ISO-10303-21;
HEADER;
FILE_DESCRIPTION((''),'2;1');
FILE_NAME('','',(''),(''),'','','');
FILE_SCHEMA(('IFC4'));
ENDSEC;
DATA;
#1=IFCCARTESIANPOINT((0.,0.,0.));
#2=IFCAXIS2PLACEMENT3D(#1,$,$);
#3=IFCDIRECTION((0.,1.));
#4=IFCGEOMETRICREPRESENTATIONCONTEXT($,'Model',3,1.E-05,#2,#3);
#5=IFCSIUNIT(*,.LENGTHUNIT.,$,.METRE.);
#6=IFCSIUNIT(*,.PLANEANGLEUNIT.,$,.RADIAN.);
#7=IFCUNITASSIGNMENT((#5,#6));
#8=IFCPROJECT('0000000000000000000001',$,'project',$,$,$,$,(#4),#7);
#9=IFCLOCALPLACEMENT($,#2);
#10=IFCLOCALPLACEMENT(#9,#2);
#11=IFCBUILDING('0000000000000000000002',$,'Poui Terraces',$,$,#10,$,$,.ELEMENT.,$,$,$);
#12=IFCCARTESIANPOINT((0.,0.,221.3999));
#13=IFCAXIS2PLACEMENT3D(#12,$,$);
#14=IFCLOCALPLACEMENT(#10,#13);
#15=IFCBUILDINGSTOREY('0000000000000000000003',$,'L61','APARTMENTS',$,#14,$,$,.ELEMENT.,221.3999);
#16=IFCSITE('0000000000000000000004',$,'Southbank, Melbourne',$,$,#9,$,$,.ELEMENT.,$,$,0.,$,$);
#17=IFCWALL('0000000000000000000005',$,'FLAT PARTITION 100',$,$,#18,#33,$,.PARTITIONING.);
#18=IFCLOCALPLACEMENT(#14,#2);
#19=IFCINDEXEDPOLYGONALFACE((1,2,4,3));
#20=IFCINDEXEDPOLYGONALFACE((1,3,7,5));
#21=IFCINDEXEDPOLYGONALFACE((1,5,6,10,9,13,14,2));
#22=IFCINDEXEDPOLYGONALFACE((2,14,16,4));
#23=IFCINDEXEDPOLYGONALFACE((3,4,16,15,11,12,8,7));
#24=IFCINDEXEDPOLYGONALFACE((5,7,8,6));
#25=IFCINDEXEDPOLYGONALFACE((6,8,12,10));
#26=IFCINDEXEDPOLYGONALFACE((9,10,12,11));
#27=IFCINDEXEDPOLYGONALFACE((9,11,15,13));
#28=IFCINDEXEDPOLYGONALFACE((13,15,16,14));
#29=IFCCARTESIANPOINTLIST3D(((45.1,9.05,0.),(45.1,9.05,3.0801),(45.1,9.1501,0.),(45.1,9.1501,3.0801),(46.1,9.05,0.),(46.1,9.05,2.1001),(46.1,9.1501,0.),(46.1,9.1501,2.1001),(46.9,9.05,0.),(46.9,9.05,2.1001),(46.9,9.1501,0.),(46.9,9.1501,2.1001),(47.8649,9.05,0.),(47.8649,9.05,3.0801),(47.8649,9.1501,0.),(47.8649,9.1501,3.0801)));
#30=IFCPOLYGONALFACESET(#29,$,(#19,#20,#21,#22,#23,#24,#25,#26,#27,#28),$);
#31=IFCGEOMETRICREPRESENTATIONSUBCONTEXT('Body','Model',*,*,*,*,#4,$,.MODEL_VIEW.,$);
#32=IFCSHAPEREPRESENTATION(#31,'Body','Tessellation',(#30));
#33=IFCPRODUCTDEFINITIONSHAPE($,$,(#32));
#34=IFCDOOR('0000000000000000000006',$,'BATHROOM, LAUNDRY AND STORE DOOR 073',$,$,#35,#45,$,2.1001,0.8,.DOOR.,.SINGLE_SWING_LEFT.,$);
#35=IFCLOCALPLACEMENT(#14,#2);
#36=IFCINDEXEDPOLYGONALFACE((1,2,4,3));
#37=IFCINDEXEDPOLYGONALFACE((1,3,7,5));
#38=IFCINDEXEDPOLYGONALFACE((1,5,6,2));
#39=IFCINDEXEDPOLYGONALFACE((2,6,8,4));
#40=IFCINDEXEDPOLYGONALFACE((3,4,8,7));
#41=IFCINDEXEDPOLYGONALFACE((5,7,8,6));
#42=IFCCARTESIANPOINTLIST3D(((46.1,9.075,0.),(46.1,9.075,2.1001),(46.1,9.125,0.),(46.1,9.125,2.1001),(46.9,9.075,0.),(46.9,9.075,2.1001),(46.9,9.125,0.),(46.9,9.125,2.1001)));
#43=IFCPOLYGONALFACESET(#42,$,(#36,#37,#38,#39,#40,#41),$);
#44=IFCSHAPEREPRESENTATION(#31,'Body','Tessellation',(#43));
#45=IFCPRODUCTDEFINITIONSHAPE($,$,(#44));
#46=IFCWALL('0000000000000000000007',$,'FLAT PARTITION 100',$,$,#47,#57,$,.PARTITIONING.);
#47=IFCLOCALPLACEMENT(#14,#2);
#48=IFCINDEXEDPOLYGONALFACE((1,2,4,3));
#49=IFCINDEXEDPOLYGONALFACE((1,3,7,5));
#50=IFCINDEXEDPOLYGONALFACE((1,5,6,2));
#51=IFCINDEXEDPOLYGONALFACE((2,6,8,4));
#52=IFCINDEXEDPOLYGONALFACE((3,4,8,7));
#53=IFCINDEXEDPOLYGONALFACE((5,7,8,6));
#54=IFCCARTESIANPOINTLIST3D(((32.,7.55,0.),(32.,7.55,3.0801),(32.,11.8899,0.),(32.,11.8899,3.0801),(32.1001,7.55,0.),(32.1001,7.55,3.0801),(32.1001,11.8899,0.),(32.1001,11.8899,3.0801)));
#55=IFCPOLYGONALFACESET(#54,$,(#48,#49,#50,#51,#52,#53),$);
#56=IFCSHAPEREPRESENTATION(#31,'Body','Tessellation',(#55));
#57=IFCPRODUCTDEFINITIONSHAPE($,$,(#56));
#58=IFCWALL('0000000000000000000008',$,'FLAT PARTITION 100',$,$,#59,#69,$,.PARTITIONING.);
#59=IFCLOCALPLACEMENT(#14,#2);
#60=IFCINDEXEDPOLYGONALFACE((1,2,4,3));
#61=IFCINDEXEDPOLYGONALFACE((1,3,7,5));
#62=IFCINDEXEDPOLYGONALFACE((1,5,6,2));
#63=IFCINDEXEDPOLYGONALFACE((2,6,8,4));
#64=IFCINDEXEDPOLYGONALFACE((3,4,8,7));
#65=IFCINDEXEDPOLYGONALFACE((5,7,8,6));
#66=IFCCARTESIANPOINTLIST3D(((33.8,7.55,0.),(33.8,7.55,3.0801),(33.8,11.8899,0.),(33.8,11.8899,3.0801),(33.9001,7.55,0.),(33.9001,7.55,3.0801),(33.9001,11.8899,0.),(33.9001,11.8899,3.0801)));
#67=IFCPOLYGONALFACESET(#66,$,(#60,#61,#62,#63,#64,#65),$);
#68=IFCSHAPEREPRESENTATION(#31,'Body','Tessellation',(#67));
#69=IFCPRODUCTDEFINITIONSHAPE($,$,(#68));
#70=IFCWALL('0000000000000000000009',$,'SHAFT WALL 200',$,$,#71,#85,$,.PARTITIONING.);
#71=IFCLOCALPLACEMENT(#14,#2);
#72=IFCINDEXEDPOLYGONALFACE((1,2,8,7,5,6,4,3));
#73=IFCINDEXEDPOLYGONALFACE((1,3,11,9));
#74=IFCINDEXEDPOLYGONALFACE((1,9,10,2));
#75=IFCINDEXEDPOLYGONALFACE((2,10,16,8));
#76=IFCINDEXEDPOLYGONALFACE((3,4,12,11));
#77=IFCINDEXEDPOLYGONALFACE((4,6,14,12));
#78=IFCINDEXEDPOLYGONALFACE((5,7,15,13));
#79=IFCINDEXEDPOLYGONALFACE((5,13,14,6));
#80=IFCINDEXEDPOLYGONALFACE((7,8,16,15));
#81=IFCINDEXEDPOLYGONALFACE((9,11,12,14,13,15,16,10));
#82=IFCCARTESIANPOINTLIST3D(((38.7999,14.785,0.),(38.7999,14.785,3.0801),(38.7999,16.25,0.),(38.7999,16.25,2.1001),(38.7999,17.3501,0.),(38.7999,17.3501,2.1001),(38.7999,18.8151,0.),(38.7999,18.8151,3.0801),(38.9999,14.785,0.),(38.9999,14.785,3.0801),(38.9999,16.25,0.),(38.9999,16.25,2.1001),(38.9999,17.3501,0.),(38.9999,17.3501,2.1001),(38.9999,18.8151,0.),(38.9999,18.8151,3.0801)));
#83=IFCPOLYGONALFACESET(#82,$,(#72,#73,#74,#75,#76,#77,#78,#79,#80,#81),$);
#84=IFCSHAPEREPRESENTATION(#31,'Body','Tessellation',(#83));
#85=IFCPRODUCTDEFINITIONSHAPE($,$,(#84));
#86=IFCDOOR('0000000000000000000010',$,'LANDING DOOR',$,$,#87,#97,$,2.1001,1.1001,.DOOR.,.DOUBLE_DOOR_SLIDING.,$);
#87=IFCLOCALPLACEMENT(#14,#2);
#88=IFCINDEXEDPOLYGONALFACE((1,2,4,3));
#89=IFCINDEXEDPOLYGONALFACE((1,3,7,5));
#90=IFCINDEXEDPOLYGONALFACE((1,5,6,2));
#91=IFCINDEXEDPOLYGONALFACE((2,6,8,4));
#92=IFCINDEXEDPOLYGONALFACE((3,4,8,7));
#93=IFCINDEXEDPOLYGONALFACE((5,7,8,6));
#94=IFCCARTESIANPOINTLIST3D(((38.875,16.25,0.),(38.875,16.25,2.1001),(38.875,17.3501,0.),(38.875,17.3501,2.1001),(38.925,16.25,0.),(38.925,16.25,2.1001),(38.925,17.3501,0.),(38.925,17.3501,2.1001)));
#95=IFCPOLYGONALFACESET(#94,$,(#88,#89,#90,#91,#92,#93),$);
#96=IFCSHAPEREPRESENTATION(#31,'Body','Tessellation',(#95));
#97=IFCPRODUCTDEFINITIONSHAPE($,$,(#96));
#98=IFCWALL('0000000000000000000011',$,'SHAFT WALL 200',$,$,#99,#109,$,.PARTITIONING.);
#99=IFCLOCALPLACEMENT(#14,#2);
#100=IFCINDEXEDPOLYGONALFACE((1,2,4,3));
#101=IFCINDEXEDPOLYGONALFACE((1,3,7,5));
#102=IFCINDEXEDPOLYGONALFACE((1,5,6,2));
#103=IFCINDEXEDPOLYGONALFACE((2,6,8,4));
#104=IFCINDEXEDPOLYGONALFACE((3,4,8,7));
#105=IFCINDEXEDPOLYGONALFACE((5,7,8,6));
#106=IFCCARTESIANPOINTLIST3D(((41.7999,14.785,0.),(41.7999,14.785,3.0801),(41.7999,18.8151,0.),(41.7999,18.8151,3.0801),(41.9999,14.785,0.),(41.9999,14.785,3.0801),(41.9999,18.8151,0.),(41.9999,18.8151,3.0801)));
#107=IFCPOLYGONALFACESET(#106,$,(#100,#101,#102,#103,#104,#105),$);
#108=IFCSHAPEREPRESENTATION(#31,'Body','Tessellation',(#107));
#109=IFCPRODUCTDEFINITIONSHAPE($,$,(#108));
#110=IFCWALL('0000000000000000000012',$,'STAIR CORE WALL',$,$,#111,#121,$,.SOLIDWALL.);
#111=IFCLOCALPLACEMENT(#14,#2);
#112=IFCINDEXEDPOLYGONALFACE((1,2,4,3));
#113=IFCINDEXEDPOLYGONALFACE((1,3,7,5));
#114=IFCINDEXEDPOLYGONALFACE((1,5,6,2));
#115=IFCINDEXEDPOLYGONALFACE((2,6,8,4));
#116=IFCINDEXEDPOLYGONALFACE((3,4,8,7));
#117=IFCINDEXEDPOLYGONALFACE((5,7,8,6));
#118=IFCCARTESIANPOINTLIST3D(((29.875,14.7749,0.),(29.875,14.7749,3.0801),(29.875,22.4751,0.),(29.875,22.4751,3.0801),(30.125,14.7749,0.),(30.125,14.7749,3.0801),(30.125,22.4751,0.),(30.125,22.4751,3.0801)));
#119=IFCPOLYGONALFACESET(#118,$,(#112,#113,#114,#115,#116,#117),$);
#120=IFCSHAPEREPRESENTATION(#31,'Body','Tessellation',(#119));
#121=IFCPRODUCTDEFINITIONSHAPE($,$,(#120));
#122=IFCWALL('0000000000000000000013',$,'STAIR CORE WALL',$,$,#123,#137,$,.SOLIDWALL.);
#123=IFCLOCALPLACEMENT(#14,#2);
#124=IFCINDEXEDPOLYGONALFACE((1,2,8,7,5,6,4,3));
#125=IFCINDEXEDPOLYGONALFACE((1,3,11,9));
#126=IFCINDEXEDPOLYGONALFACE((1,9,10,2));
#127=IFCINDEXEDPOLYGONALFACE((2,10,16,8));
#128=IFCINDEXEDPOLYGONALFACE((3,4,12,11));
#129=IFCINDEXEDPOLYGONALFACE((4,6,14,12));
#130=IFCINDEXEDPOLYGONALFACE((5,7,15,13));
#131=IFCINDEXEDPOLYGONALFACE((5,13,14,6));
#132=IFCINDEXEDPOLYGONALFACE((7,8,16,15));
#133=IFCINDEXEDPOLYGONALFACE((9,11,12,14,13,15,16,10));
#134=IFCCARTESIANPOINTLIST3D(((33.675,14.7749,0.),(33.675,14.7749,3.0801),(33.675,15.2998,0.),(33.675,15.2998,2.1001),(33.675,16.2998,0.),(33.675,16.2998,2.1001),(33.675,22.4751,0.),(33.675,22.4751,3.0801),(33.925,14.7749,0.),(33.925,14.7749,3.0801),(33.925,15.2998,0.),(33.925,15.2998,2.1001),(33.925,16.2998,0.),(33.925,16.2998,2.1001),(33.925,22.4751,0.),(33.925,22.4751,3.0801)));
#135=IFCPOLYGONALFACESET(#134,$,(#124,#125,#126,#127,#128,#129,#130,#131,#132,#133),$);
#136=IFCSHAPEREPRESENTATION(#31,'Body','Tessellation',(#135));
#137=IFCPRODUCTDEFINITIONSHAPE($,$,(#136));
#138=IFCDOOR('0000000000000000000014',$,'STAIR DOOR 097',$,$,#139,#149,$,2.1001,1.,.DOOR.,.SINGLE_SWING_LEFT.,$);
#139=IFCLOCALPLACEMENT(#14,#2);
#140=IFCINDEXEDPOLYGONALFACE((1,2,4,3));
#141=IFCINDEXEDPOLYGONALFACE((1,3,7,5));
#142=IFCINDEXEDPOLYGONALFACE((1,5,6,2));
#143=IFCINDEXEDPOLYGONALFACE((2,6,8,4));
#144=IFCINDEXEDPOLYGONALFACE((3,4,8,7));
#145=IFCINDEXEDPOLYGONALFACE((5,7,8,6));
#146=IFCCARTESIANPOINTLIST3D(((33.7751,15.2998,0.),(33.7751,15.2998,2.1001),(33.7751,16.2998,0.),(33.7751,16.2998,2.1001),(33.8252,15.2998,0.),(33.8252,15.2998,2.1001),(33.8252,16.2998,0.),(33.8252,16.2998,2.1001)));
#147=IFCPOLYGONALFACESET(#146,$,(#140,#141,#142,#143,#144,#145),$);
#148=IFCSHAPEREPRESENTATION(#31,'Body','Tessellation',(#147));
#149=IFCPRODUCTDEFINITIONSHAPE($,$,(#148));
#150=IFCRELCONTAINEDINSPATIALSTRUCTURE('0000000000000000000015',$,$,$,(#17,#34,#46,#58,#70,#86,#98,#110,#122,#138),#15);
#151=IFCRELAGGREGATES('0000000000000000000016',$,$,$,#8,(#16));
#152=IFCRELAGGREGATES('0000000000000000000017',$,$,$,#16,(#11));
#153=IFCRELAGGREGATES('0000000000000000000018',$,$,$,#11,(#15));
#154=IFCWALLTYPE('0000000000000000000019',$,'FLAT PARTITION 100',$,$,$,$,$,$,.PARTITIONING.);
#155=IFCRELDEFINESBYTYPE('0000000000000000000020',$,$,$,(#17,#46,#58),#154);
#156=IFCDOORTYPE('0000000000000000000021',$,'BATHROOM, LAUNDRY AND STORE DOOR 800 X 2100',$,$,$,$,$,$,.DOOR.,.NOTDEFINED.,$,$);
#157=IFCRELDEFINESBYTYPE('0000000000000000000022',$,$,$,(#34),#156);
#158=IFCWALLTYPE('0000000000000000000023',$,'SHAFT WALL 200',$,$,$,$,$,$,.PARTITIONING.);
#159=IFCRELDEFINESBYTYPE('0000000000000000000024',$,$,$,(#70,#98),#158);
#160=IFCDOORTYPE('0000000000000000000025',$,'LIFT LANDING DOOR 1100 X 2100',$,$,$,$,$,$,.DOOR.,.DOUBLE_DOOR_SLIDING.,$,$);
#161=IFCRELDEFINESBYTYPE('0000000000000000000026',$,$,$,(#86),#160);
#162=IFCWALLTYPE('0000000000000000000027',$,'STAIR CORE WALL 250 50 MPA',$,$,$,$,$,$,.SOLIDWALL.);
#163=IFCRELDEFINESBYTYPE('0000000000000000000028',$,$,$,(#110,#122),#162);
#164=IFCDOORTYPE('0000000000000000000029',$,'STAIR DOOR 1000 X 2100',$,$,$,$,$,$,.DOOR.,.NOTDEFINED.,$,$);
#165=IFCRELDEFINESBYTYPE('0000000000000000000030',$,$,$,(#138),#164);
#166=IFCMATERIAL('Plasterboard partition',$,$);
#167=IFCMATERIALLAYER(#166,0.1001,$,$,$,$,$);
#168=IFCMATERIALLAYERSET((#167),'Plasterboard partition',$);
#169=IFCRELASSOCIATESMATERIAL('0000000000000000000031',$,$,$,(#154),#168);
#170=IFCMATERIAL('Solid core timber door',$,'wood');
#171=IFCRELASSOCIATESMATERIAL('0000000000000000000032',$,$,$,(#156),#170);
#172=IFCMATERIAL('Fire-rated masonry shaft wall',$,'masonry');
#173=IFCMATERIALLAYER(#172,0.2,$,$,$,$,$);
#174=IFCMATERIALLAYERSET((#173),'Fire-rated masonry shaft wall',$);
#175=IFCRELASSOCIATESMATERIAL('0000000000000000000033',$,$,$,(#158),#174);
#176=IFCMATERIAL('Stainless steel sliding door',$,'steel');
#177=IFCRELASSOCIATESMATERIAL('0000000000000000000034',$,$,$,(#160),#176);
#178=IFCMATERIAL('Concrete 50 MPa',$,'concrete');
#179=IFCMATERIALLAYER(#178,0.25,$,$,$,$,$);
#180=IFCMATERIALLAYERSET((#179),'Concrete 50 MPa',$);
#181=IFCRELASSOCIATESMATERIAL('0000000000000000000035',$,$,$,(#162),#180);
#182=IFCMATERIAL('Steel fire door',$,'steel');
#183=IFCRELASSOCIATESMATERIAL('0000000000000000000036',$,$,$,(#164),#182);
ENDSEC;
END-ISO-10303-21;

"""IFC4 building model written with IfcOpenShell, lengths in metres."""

from ifc_helpers import new_model, si_unit, direction, frame, frame_2d, origin, place, context, subcontext, project, spatial, rectangle, extrude, material, layer, layer_set, type_object, element, fill, save


model = new_model("IFC4")

# Units and contexts
model_context = context("Model", 3, precision=1e-05, world=origin(), true_north=direction((0.0, 1.0)))
body_context = subcontext(model_context, "Body", "Model", "MODEL_VIEW")
ifc_project = project(units=[si_unit("LENGTHUNIT", "METRE"), si_unit("PLANEANGLEUNIT", "RADIAN")], contexts=[model_context])

# Site, building, storey
site_placement = place(None, origin())
site = spatial("IfcSite", under=ifc_project, at=site_placement, Name="Southbank, Melbourne", CompositionType="ELEMENT", RefElevation=0.0)
building_placement = place(site_placement, origin())
building = spatial("IfcBuilding", under=site, at=building_placement, Name="Poui Terraces", CompositionType="ELEMENT")
storey_placement = place(building_placement, frame((0.0, 0.0, 221.3999)))
storey = spatial("IfcBuildingStorey", under=building, at=storey_placement, Name="L61", Description="APARTMENTS", CompositionType="ELEMENT", Elevation=221.3999)

# Shared definitions
ifc_material_1 = material(Name="Concrete 50 MPa", Category="concrete")

# Shared definitions
ifc_material_2 = material(Name="Steel fire door", Category="steel")

# Wall, opening, door
ifc_material_3 = material(Name="Plasterboard partition")
ifc_layer_1 = layer(ifc_material_3, 0.1001)
ifc_layer_set_1 = layer_set([ifc_layer_1], Name="Plasterboard partition")
wall_type_1 = type_object("IfcWallType", Name="FLAT PARTITION 100", PredefinedType="PARTITIONING", material=ifc_layer_set_1)
wall_1_placement = place(storey_placement, frame((45.1001, 9.1001, 0.0), z_axis=(0.0, 0.0, 1.0), x_axis=(1.0, 0.0, 0.0)))
wall_1 = element("IfcWall", 1, at=wall_1_placement, inside=storey, type_object=wall_type_1, Name="FLAT PARTITION 100", PredefinedType="PARTITIONING", context=body_context, shape_type="SweptSolid", body=[
    extrude(rectangle(XDim=2.7649, YDim=0.1001, at=frame_2d((1.3823, 0.0))), origin(), (0.0, 0.0, 1.0), 3.0801),
])
opening_1_placement = place(wall_1_placement, frame((1.0, 0.0, 0.0)))
opening_1 = element("IfcOpeningElement", 2, at=opening_1_placement, cuts=wall_1, PredefinedType="OPENING", context=body_context, shape_type="SweptSolid", body=[
    extrude(rectangle(XDim=0.8, YDim=2.1001, at=frame_2d((0.3999, 1.05))), frame((0.0, 0.0601, 0.0), z_axis=(0.0, -1.0, 0.0), x_axis=(1.0, 0.0, 0.0)), (0.0, 0.0, 1.0), 0.1201),
])
ifc_material_4 = material(Name="Solid core timber door", Category="wood")
door_type_1 = type_object("IfcDoorType", Name="BATHROOM, LAUNDRY AND STORE DOOR 800 X 2100", OperationType="NOTDEFINED", PredefinedType="DOOR", material=ifc_material_4)
door_1_placement = place(opening_1_placement, origin())
door_1 = element("IfcDoor", 3, at=door_1_placement, inside=storey, type_object=door_type_1, Name="BATHROOM, LAUNDRY AND STORE DOOR 073", OperationType="SINGLE_SWING_LEFT", OverallHeight=2.1001, OverallWidth=0.8, PredefinedType="DOOR", context=body_context, shape_type="SweptSolid", body=[
    extrude(rectangle(XDim=0.8, YDim=2.1001, at=frame_2d((0.3999, 1.05))), frame((0.0, 0.0249, 0.0), z_axis=(0.0, -1.0, 0.0), x_axis=(1.0, 0.0, 0.0)), (0.0, 0.0, 1.0), 0.05),
])
fill(opening_1, door_1)

# Walls
for number, where, z_axis, x_axis, name in (
    (4, (32.05, 7.55, 0.0), (0.0, 0.0, 1.0), (0.0, 1.0, 0.0), "FLAT PARTITION 100"),
    (5, (33.8501, 7.55, 0.0), (0.0, 0.0, 1.0), (0.0, 1.0, 0.0), "FLAT PARTITION 100"),
):
    element("IfcWall", number, at=place(storey_placement, frame(where, z_axis=z_axis, x_axis=x_axis)), inside=storey, type_object=wall_type_1, Name=name, PredefinedType="PARTITIONING", context=body_context, shape_type="SweptSolid", body=[
        extrude(rectangle(XDim=4.3398, YDim=0.1001, at=frame_2d((2.1699, 0.0))), origin(), (0.0, 0.0, 1.0), 3.0801),
    ])

# Wall, opening, door
ifc_material_5 = material(Name="Fire-rated masonry shaft wall", Category="masonry")
ifc_layer_2 = layer(ifc_material_5, 0.2)
ifc_layer_set_2 = layer_set([ifc_layer_2], Name="Fire-rated masonry shaft wall")
wall_type_2 = type_object("IfcWallType", Name="SHAFT WALL 200", PredefinedType="PARTITIONING", material=ifc_layer_set_2)
wall_2_placement = place(storey_placement, frame((38.8999, 14.7849, 0.0), z_axis=(0.0, 0.0, 1.0), x_axis=(0.0, 1.0, 0.0)))
wall_2 = element("IfcWall", 6, at=wall_2_placement, inside=storey, type_object=wall_type_2, Name="SHAFT WALL 200", PredefinedType="PARTITIONING", context=body_context, shape_type="SweptSolid", body=[
    extrude(rectangle(XDim=4.03, YDim=0.2, at=frame_2d((2.0151, 0.0))), origin(), (0.0, 0.0, 1.0), 3.0801),
])
opening_2_placement = place(wall_2_placement, frame((1.4651, 0.0, 0.0)))
opening_2 = element("IfcOpeningElement", 7, at=opening_2_placement, cuts=wall_2, PredefinedType="OPENING", context=body_context, shape_type="SweptSolid", body=[
    extrude(rectangle(XDim=1.1001, YDim=2.1001, at=frame_2d((0.55, 1.05))), frame((0.0, 0.1099, 0.0), z_axis=(0.0, -1.0, 0.0), x_axis=(1.0, 0.0, 0.0)), (0.0, 0.0, 1.0), 0.22),
])
ifc_material_6 = material(Name="Stainless steel sliding door", Category="steel")
door_type_2 = type_object("IfcDoorType", Name="LIFT LANDING DOOR 1100 X 2100", OperationType="DOUBLE_DOOR_SLIDING", PredefinedType="DOOR", material=ifc_material_6)
door_2_placement = place(opening_2_placement, origin())
door_2 = element("IfcDoor", 8, at=door_2_placement, inside=storey, type_object=door_type_2, Name="LANDING DOOR", OperationType="DOUBLE_DOOR_SLIDING", OverallHeight=2.1001, OverallWidth=1.1001, PredefinedType="DOOR", context=body_context, shape_type="SweptSolid", body=[
    extrude(rectangle(XDim=1.1001, YDim=2.1001, at=frame_2d((0.55, 1.05))), frame((0.0, 0.0249, 0.0), z_axis=(0.0, -1.0, 0.0), x_axis=(1.0, 0.0, 0.0)), (0.0, 0.0, 1.0), 0.05),
])
fill(opening_2, door_2)

# Walls
wall_3_placement = place(storey_placement, frame((41.8999, 14.7849, 0.0), z_axis=(0.0, 0.0, 1.0), x_axis=(0.0, 1.0, 0.0)))
element("IfcWall", 9, at=wall_3_placement, inside=storey, type_object=wall_type_2, Name="SHAFT WALL 200", PredefinedType="PARTITIONING", context=body_context, shape_type="SweptSolid", body=[
    extrude(rectangle(XDim=4.03, YDim=0.2, at=frame_2d((2.0151, 0.0))), origin(), (0.0, 0.0, 1.0), 3.0801),
])
ifc_layer_3 = layer(ifc_material_1, 0.25)
ifc_layer_set_3 = layer_set([ifc_layer_3], Name="Concrete 50 MPa")
wall_type_3 = type_object("IfcWallType", Name="STAIR CORE WALL 250 50 MPA", PredefinedType="SOLIDWALL", material=ifc_layer_set_3)
wall_4_placement = place(storey_placement, frame((30.0, 14.7749, 0.0), z_axis=(0.0, 0.0, 1.0), x_axis=(0.0, 1.0, 0.0)))
element("IfcWall", 10, at=wall_4_placement, inside=storey, type_object=wall_type_3, Name="STAIR CORE WALL", PredefinedType="SOLIDWALL", context=body_context, shape_type="SweptSolid", body=[
    extrude(rectangle(XDim=7.7002, YDim=0.25, at=frame_2d((3.8501, 0.0))), origin(), (0.0, 0.0, 1.0), 3.0801),
])

# Wall, opening, door
wall_5_placement = place(storey_placement, frame((33.8, 14.7749, 0.0), z_axis=(0.0, 0.0, 1.0), x_axis=(0.0, 1.0, 0.0)))
wall_5 = element("IfcWall", 11, at=wall_5_placement, inside=storey, type_object=wall_type_3, Name="STAIR CORE WALL", PredefinedType="SOLIDWALL", context=body_context, shape_type="SweptSolid", body=[
    extrude(rectangle(XDim=7.7002, YDim=0.25, at=frame_2d((3.8501, 0.0))), origin(), (0.0, 0.0, 1.0), 3.0801),
])
opening_3_placement = place(wall_5_placement, frame((0.5249, 0.0, 0.0)))
opening_3 = element("IfcOpeningElement", 12, at=opening_3_placement, cuts=wall_5, PredefinedType="OPENING", context=body_context, shape_type="SweptSolid", body=[
    extrude(rectangle(XDim=1.0, YDim=2.1001, at=frame_2d((0.5, 1.05))), frame((0.0, 0.135, 0.0), z_axis=(0.0, -1.0, 0.0), x_axis=(1.0, 0.0, 0.0)), (0.0, 0.0, 1.0), 0.27),
])
door_type_3 = type_object("IfcDoorType", Name="STAIR DOOR 1000 X 2100", OperationType="NOTDEFINED", PredefinedType="DOOR", material=ifc_material_2)
door_3_placement = place(opening_3_placement, origin())
door_3 = element("IfcDoor", 13, at=door_3_placement, inside=storey, type_object=door_type_3, Name="STAIR DOOR 097", OperationType="SINGLE_SWING_LEFT", OverallHeight=2.1001, OverallWidth=1.0, PredefinedType="DOOR", context=body_context, shape_type="SweptSolid", body=[
    extrude(rectangle(XDim=1.0, YDim=2.1001, at=frame_2d((0.5, 1.05))), frame((0.0, 0.0249, 0.0), z_axis=(0.0, -1.0, 0.0), x_axis=(1.0, 0.0, 0.0)), (0.0, 0.0, 1.0), 0.05),
])
fill(opening_3, door_3)

save(model, "model.ifc")
